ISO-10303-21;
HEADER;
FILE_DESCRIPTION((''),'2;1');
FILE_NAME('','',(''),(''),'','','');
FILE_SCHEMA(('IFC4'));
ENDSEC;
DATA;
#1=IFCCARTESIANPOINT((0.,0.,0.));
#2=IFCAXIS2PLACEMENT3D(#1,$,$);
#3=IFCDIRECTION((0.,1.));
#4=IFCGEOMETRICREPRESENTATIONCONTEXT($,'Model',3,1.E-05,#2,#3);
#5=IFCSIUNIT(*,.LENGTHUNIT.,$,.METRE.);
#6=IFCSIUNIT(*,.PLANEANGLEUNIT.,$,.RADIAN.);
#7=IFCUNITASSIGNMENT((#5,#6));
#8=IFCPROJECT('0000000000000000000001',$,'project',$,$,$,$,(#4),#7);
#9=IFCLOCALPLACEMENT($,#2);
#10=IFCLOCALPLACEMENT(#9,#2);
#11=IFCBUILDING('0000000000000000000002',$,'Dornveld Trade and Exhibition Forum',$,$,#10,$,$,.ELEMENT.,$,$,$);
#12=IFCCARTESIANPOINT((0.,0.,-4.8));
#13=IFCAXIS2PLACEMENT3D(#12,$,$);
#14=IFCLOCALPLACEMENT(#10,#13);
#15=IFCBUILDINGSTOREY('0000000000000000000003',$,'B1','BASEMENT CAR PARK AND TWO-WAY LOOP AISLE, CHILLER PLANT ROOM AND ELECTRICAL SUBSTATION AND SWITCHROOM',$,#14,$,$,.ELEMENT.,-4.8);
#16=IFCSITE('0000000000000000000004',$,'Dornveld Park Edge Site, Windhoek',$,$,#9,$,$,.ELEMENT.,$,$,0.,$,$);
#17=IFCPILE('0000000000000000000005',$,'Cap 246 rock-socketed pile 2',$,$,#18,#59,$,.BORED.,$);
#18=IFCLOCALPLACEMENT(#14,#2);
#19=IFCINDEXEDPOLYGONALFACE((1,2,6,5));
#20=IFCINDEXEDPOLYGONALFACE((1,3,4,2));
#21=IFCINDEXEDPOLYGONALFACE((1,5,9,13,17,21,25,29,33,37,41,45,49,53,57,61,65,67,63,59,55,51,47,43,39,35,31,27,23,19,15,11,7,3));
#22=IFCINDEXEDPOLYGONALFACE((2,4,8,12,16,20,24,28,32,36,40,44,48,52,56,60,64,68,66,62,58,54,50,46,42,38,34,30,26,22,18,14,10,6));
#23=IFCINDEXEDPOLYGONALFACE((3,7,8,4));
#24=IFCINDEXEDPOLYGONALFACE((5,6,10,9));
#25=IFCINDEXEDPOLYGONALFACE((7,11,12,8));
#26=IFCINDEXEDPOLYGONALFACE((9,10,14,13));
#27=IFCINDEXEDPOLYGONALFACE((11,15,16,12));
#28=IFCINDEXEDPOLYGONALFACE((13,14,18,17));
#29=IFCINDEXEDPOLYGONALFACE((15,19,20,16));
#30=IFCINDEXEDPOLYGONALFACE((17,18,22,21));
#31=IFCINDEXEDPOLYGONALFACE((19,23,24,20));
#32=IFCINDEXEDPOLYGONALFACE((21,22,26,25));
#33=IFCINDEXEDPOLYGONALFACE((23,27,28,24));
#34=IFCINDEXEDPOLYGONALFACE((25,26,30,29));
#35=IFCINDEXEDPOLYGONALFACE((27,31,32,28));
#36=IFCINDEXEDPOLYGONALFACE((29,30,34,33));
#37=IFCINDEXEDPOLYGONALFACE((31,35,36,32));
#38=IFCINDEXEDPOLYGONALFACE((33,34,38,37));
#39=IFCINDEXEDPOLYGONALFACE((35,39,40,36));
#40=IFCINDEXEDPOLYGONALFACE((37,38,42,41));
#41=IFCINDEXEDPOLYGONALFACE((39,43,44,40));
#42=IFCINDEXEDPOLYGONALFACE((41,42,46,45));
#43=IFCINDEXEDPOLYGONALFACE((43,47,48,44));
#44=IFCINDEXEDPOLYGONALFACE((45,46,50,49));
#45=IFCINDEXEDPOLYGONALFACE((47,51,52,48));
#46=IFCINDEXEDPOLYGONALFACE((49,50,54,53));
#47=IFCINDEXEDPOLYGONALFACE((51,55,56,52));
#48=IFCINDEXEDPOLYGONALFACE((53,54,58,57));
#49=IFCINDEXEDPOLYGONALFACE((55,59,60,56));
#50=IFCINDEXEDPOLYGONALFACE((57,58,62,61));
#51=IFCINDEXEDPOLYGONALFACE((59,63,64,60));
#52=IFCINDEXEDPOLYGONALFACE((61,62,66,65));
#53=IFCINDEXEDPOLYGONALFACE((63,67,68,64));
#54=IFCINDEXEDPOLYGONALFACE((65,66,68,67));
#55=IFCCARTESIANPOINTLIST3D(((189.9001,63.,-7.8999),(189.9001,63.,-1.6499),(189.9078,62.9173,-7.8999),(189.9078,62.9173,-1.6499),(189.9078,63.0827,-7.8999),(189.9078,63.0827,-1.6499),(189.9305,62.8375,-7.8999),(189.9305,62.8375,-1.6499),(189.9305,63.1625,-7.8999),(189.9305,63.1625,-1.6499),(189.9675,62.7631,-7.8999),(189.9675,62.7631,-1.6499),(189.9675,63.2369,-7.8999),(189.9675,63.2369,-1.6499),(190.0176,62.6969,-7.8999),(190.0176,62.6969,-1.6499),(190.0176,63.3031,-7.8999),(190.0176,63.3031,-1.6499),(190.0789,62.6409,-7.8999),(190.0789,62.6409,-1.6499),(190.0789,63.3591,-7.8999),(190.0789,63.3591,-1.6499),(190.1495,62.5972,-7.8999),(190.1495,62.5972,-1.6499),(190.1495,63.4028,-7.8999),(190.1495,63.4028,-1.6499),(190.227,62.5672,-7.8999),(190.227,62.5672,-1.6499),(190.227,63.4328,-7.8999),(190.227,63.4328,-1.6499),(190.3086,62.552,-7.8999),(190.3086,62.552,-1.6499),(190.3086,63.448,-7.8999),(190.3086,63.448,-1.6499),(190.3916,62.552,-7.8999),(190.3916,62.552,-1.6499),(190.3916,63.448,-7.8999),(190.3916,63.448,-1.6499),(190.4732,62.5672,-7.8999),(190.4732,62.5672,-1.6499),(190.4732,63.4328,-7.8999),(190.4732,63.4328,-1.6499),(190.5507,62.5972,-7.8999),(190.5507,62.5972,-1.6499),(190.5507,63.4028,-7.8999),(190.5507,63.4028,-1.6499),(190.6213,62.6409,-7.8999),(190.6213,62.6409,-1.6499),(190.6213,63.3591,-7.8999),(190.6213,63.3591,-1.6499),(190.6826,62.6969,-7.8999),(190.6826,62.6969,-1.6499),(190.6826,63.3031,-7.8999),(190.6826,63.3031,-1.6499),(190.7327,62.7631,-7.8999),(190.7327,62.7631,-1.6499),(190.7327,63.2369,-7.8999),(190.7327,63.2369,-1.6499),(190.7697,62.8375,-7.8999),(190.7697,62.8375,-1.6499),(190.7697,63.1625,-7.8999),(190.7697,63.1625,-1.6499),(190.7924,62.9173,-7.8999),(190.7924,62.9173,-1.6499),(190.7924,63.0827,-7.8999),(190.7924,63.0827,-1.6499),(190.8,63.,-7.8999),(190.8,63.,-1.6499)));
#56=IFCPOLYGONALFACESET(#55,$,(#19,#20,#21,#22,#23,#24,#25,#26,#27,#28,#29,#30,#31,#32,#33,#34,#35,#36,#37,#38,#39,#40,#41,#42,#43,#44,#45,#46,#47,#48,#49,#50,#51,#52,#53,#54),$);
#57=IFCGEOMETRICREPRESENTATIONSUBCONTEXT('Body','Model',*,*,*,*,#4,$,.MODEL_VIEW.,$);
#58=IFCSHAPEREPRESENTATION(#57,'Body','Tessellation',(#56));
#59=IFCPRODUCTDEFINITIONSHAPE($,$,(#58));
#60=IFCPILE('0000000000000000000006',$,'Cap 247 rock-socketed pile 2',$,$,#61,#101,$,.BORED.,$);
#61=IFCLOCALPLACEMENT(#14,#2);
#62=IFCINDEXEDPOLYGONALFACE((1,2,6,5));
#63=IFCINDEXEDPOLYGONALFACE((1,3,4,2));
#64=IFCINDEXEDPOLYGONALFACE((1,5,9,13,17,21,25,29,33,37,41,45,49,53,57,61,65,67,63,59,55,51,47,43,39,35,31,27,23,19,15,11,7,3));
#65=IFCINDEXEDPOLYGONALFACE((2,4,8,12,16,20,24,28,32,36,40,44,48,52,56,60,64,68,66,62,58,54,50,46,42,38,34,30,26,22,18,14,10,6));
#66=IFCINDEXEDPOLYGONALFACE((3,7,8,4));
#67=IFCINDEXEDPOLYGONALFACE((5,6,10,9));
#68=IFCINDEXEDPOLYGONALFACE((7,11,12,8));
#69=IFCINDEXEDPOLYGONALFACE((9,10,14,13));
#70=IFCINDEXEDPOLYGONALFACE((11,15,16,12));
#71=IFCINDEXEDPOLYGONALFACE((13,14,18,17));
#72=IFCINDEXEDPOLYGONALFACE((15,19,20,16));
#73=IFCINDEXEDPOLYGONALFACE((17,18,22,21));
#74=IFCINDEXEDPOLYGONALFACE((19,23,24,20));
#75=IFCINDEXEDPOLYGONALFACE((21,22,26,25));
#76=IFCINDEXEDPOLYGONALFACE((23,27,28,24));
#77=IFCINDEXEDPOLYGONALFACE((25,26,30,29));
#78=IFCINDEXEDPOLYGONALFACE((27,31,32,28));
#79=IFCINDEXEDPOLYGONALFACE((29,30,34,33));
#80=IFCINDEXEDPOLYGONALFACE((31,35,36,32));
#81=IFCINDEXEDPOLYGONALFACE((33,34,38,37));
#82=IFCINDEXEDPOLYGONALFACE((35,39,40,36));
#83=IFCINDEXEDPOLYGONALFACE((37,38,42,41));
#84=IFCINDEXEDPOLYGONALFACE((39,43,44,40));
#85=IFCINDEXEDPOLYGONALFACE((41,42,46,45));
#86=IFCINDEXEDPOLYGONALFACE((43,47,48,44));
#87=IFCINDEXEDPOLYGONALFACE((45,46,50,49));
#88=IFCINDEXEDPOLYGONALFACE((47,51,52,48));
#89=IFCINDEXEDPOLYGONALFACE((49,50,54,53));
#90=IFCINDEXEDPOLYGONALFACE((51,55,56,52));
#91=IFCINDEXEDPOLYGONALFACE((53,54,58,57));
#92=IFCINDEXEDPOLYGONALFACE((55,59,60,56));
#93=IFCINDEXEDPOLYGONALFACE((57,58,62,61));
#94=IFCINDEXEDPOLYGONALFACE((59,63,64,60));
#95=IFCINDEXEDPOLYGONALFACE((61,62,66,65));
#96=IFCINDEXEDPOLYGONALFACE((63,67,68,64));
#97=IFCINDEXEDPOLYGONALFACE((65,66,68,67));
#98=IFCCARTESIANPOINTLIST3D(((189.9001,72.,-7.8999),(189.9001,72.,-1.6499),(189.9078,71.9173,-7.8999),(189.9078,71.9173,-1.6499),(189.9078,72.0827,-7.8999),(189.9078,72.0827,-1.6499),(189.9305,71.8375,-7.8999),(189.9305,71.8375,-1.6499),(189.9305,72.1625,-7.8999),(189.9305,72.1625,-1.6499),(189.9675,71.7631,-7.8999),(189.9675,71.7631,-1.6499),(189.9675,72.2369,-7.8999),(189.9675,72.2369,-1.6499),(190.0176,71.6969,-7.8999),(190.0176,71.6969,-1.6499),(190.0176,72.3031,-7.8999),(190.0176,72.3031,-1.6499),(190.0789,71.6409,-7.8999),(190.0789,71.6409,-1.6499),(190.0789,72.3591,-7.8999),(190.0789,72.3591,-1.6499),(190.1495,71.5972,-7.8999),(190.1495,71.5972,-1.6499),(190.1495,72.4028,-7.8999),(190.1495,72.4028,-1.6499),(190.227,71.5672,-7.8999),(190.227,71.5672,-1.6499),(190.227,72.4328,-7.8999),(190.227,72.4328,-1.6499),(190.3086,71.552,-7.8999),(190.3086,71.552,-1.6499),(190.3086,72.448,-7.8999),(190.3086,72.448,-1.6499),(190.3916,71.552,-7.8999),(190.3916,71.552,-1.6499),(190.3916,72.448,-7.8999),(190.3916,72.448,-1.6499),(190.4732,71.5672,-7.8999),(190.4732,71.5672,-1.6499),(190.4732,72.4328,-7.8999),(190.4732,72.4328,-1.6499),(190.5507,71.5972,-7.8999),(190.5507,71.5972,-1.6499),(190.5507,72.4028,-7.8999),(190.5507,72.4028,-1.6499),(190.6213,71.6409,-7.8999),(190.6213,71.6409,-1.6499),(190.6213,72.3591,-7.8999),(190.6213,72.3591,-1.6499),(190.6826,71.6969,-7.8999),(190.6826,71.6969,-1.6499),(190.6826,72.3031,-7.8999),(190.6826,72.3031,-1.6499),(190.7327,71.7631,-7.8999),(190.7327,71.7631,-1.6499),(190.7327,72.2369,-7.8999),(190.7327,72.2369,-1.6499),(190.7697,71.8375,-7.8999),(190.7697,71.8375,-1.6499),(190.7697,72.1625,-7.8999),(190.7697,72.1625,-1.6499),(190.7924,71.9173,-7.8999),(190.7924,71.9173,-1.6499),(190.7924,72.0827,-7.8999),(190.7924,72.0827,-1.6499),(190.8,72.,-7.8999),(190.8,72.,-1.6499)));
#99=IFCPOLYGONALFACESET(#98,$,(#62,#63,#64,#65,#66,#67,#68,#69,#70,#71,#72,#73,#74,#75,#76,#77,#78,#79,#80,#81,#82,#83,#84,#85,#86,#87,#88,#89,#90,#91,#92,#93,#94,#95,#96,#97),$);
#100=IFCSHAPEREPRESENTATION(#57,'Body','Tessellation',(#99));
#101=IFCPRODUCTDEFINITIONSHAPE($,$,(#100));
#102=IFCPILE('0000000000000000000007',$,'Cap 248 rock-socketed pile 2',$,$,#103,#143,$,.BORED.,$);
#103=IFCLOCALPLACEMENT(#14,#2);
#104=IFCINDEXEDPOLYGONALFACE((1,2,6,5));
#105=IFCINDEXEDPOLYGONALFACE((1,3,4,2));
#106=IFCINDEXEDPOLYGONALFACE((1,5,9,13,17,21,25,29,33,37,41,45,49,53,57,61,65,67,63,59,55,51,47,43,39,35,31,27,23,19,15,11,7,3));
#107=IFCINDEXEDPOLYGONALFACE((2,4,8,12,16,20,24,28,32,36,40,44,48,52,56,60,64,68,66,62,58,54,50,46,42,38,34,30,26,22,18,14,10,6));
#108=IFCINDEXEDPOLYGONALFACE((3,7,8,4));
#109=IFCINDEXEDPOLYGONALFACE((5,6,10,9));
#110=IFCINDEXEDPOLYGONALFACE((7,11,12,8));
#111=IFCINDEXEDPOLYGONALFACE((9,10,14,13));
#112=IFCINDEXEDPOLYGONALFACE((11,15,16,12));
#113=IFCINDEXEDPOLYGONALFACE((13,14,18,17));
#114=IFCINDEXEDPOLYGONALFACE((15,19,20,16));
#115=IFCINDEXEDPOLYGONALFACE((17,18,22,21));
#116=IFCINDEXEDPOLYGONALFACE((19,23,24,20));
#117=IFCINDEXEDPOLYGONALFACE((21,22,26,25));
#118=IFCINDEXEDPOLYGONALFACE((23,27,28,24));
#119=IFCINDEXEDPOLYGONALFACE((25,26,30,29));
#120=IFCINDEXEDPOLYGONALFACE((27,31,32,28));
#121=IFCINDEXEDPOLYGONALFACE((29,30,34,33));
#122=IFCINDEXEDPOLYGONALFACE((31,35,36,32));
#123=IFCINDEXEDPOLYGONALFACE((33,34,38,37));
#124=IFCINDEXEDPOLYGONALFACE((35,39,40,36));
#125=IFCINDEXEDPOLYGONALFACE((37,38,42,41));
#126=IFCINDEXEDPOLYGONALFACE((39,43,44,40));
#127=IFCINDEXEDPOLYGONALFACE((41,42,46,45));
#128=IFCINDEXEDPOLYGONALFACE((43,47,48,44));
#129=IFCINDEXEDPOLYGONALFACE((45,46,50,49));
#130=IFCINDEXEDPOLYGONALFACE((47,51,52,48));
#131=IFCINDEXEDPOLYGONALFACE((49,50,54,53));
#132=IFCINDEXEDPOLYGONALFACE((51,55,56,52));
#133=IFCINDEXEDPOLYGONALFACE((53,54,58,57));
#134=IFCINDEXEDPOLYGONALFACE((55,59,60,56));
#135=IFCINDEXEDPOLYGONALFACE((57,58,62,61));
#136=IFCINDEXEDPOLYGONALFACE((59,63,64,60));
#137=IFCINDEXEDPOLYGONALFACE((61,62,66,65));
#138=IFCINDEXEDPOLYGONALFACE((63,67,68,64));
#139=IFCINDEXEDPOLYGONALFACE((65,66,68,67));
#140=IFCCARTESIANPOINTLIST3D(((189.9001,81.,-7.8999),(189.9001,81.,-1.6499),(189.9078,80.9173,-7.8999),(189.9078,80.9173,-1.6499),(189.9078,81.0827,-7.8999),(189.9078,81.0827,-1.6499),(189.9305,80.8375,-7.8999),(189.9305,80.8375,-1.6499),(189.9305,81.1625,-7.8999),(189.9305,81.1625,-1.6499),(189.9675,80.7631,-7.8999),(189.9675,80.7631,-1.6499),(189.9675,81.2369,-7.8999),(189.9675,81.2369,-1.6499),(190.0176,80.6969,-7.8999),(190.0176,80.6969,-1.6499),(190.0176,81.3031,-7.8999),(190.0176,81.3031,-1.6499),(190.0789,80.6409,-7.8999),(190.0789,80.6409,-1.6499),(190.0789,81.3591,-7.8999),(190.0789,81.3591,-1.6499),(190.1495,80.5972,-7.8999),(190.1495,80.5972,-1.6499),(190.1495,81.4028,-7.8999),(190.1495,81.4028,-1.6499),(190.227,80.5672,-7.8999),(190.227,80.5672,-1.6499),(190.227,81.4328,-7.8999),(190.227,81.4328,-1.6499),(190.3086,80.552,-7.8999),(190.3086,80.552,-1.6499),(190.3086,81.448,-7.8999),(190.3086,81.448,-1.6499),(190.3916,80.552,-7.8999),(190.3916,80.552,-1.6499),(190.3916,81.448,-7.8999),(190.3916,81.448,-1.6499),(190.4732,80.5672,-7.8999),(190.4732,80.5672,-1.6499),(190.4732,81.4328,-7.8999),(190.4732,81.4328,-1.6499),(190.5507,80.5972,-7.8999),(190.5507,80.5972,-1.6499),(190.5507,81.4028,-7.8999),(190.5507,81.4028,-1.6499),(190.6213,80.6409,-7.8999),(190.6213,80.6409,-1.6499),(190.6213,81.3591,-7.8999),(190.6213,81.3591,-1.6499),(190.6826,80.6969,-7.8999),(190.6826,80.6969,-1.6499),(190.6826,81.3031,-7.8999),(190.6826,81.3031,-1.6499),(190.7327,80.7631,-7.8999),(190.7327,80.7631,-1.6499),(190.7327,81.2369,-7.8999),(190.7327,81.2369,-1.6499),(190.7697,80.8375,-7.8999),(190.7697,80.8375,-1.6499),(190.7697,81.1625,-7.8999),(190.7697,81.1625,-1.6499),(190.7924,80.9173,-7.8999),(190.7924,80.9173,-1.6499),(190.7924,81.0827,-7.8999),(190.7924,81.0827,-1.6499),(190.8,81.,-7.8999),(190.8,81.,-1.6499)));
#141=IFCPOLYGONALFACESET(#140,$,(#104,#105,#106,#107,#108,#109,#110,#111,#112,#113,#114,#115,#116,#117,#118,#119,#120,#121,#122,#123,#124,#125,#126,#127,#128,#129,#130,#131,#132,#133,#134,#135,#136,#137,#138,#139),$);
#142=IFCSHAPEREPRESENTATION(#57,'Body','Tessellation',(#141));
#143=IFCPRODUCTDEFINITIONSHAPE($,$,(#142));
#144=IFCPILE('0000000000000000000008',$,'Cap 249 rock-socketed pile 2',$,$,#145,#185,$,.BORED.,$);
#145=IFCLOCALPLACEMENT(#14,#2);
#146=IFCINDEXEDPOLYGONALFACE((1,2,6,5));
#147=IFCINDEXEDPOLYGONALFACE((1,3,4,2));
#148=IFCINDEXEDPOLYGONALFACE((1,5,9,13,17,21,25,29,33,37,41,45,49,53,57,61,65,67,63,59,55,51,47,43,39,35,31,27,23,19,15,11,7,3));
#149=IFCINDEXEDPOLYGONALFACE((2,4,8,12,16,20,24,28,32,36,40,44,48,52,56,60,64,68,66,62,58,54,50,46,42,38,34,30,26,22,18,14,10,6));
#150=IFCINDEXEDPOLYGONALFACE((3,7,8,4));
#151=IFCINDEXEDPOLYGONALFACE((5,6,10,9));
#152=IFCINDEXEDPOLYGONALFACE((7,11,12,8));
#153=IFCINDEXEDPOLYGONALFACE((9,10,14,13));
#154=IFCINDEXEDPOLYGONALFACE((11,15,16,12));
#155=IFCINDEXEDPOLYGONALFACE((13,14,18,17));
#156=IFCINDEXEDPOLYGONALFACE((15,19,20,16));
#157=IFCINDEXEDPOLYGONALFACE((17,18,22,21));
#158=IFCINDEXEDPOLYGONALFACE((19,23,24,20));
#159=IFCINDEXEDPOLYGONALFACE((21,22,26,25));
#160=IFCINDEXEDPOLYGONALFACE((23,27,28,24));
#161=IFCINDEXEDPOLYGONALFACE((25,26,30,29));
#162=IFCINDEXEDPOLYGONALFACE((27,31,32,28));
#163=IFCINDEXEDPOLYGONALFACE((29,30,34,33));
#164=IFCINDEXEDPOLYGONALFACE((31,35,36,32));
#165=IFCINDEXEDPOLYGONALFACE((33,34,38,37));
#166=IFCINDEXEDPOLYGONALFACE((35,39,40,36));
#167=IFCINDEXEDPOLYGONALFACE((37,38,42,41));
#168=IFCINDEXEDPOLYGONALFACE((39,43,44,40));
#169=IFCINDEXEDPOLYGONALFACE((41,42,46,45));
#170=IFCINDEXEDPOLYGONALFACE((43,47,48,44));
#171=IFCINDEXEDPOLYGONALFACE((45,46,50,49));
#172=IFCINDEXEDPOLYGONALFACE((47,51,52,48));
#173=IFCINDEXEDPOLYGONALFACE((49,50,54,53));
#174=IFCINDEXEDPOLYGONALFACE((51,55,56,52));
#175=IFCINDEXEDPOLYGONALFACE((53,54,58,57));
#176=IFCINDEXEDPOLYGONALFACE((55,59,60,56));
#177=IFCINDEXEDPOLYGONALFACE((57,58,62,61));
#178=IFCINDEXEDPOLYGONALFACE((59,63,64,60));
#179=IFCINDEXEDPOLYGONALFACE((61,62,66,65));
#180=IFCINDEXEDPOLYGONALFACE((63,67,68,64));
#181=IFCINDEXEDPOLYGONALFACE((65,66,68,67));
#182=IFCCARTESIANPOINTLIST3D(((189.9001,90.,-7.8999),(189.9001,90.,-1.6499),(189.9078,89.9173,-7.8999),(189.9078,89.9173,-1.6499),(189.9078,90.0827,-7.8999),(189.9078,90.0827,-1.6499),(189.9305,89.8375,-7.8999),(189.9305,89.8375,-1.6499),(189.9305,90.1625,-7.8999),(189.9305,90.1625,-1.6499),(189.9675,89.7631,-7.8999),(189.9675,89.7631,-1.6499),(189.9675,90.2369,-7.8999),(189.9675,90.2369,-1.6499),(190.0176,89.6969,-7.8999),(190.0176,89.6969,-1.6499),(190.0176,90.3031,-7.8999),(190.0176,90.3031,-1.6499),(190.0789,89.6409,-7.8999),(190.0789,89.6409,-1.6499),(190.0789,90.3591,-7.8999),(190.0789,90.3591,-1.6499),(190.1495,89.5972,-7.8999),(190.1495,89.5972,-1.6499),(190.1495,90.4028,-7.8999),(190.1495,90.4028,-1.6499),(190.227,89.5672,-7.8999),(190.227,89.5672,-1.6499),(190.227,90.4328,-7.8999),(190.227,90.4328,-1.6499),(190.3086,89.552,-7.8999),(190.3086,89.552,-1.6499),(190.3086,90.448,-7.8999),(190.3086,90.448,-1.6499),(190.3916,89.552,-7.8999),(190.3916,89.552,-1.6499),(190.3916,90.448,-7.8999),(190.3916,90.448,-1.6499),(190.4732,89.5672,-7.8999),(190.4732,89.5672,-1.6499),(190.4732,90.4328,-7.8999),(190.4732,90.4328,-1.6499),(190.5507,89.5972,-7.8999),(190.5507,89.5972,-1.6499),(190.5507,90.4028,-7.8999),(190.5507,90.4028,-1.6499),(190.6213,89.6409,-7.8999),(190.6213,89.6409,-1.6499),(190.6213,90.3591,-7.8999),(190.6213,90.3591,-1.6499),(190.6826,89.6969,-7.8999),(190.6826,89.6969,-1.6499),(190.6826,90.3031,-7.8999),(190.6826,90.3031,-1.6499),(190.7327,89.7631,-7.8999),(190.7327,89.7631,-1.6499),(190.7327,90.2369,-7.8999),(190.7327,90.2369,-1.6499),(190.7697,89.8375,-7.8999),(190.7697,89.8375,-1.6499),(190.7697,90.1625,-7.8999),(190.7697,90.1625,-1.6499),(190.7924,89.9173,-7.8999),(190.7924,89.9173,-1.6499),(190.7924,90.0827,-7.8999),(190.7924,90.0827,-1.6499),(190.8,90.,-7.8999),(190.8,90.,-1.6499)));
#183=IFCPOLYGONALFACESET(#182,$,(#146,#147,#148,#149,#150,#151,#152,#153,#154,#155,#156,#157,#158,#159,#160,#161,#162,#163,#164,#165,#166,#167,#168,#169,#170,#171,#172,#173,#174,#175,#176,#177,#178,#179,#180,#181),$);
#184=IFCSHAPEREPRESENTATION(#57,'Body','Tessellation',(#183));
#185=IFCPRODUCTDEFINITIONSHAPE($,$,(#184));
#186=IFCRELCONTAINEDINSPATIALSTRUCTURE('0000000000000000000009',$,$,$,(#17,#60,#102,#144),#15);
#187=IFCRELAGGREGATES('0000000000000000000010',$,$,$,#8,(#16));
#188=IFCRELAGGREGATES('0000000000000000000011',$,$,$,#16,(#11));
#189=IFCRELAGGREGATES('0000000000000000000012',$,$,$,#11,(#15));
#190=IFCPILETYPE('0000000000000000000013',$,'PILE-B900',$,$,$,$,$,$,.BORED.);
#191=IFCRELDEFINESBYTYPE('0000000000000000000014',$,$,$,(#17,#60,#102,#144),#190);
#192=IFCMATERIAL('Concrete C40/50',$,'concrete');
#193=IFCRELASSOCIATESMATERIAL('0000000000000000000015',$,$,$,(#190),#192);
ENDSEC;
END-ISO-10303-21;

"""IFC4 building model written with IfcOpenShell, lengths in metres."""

from ifc_helpers import new_model, si_unit, direction, frame, origin, origin_2d, place, context, subcontext, project, spatial, circle, extrude, material, material_profile, profile_set, type_object, element, save


model = new_model("IFC4")

# Units and contexts
model_context = context("Model", 3, precision=1e-05, world=origin(), true_north=direction((0.0, 1.0)))
body_context = subcontext(model_context, "Body", "Model", "MODEL_VIEW")
ifc_project = project(units=[si_unit("LENGTHUNIT", "METRE"), si_unit("PLANEANGLEUNIT", "RADIAN")], contexts=[model_context])

# Site, building, storey
site_placement = place(None, origin())
site = spatial("IfcSite", under=ifc_project, at=site_placement, Name="Dornveld Park Edge Site, Windhoek", CompositionType="ELEMENT", RefElevation=0.0)
building_placement = place(site_placement, origin())
building = spatial("IfcBuilding", under=site, at=building_placement, Name="Dornveld Trade and Exhibition Forum", CompositionType="ELEMENT")
storey_placement = place(building_placement, frame((0.0, 0.0, -4.8)))
storey = spatial("IfcBuildingStorey", under=building, at=storey_placement, Name="B1", Description="BASEMENT CAR PARK AND TWO-WAY LOOP AISLE, CHILLER PLANT ROOM AND ELECTRICAL SUBSTATION AND SWITCHROOM", CompositionType="ELEMENT", Elevation=-4.8)

# Piles
ifc_material_1 = material(Name="Concrete C40/50", Category="concrete")
ifc_material_profile_1 = material_profile(ifc_material_1, circle(Radius=0.45, at=origin_2d()), Name="PILE D900")
ifc_profile_set_1 = profile_set([ifc_material_profile_1], Name="Concrete C40/50")
pile_type = type_object("IfcPileType", Name="PILE-B900", PredefinedType="BORED", material=ifc_profile_set_1)
for number, where, z_axis, x_axis, name in (
    (1, (190.3501, 63.0, -1.6499), (0.0, 0.0, -1.0), (1.0, 0.0, 0.0), "Cap 246 rock-socketed pile 2"),
    (2, (190.3501, 72.0, -1.6499), (0.0, 0.0, -1.0), (1.0, 0.0, 0.0), "Cap 247 rock-socketed pile 2"),
    (3, (190.3501, 81.0, -1.6499), (0.0, 0.0, -1.0), (1.0, 0.0, 0.0), "Cap 248 rock-socketed pile 2"),
    (4, (190.3501, 90.0, -1.6499), (0.0, 0.0, -1.0), (1.0, 0.0, 0.0), "Cap 249 rock-socketed pile 2"),
):
    element("IfcPile", number, at=place(storey_placement, frame(where, z_axis=z_axis, x_axis=x_axis)), inside=storey, type_object=pile_type, Name=name, PredefinedType="BORED", context=body_context, shape_type="SweptSolid", body=[
        extrude(circle(Radius=0.45, at=origin_2d()), origin(), (0.0, 0.0, 1.0), 6.25),
    ])

save(model, "model.ifc")
